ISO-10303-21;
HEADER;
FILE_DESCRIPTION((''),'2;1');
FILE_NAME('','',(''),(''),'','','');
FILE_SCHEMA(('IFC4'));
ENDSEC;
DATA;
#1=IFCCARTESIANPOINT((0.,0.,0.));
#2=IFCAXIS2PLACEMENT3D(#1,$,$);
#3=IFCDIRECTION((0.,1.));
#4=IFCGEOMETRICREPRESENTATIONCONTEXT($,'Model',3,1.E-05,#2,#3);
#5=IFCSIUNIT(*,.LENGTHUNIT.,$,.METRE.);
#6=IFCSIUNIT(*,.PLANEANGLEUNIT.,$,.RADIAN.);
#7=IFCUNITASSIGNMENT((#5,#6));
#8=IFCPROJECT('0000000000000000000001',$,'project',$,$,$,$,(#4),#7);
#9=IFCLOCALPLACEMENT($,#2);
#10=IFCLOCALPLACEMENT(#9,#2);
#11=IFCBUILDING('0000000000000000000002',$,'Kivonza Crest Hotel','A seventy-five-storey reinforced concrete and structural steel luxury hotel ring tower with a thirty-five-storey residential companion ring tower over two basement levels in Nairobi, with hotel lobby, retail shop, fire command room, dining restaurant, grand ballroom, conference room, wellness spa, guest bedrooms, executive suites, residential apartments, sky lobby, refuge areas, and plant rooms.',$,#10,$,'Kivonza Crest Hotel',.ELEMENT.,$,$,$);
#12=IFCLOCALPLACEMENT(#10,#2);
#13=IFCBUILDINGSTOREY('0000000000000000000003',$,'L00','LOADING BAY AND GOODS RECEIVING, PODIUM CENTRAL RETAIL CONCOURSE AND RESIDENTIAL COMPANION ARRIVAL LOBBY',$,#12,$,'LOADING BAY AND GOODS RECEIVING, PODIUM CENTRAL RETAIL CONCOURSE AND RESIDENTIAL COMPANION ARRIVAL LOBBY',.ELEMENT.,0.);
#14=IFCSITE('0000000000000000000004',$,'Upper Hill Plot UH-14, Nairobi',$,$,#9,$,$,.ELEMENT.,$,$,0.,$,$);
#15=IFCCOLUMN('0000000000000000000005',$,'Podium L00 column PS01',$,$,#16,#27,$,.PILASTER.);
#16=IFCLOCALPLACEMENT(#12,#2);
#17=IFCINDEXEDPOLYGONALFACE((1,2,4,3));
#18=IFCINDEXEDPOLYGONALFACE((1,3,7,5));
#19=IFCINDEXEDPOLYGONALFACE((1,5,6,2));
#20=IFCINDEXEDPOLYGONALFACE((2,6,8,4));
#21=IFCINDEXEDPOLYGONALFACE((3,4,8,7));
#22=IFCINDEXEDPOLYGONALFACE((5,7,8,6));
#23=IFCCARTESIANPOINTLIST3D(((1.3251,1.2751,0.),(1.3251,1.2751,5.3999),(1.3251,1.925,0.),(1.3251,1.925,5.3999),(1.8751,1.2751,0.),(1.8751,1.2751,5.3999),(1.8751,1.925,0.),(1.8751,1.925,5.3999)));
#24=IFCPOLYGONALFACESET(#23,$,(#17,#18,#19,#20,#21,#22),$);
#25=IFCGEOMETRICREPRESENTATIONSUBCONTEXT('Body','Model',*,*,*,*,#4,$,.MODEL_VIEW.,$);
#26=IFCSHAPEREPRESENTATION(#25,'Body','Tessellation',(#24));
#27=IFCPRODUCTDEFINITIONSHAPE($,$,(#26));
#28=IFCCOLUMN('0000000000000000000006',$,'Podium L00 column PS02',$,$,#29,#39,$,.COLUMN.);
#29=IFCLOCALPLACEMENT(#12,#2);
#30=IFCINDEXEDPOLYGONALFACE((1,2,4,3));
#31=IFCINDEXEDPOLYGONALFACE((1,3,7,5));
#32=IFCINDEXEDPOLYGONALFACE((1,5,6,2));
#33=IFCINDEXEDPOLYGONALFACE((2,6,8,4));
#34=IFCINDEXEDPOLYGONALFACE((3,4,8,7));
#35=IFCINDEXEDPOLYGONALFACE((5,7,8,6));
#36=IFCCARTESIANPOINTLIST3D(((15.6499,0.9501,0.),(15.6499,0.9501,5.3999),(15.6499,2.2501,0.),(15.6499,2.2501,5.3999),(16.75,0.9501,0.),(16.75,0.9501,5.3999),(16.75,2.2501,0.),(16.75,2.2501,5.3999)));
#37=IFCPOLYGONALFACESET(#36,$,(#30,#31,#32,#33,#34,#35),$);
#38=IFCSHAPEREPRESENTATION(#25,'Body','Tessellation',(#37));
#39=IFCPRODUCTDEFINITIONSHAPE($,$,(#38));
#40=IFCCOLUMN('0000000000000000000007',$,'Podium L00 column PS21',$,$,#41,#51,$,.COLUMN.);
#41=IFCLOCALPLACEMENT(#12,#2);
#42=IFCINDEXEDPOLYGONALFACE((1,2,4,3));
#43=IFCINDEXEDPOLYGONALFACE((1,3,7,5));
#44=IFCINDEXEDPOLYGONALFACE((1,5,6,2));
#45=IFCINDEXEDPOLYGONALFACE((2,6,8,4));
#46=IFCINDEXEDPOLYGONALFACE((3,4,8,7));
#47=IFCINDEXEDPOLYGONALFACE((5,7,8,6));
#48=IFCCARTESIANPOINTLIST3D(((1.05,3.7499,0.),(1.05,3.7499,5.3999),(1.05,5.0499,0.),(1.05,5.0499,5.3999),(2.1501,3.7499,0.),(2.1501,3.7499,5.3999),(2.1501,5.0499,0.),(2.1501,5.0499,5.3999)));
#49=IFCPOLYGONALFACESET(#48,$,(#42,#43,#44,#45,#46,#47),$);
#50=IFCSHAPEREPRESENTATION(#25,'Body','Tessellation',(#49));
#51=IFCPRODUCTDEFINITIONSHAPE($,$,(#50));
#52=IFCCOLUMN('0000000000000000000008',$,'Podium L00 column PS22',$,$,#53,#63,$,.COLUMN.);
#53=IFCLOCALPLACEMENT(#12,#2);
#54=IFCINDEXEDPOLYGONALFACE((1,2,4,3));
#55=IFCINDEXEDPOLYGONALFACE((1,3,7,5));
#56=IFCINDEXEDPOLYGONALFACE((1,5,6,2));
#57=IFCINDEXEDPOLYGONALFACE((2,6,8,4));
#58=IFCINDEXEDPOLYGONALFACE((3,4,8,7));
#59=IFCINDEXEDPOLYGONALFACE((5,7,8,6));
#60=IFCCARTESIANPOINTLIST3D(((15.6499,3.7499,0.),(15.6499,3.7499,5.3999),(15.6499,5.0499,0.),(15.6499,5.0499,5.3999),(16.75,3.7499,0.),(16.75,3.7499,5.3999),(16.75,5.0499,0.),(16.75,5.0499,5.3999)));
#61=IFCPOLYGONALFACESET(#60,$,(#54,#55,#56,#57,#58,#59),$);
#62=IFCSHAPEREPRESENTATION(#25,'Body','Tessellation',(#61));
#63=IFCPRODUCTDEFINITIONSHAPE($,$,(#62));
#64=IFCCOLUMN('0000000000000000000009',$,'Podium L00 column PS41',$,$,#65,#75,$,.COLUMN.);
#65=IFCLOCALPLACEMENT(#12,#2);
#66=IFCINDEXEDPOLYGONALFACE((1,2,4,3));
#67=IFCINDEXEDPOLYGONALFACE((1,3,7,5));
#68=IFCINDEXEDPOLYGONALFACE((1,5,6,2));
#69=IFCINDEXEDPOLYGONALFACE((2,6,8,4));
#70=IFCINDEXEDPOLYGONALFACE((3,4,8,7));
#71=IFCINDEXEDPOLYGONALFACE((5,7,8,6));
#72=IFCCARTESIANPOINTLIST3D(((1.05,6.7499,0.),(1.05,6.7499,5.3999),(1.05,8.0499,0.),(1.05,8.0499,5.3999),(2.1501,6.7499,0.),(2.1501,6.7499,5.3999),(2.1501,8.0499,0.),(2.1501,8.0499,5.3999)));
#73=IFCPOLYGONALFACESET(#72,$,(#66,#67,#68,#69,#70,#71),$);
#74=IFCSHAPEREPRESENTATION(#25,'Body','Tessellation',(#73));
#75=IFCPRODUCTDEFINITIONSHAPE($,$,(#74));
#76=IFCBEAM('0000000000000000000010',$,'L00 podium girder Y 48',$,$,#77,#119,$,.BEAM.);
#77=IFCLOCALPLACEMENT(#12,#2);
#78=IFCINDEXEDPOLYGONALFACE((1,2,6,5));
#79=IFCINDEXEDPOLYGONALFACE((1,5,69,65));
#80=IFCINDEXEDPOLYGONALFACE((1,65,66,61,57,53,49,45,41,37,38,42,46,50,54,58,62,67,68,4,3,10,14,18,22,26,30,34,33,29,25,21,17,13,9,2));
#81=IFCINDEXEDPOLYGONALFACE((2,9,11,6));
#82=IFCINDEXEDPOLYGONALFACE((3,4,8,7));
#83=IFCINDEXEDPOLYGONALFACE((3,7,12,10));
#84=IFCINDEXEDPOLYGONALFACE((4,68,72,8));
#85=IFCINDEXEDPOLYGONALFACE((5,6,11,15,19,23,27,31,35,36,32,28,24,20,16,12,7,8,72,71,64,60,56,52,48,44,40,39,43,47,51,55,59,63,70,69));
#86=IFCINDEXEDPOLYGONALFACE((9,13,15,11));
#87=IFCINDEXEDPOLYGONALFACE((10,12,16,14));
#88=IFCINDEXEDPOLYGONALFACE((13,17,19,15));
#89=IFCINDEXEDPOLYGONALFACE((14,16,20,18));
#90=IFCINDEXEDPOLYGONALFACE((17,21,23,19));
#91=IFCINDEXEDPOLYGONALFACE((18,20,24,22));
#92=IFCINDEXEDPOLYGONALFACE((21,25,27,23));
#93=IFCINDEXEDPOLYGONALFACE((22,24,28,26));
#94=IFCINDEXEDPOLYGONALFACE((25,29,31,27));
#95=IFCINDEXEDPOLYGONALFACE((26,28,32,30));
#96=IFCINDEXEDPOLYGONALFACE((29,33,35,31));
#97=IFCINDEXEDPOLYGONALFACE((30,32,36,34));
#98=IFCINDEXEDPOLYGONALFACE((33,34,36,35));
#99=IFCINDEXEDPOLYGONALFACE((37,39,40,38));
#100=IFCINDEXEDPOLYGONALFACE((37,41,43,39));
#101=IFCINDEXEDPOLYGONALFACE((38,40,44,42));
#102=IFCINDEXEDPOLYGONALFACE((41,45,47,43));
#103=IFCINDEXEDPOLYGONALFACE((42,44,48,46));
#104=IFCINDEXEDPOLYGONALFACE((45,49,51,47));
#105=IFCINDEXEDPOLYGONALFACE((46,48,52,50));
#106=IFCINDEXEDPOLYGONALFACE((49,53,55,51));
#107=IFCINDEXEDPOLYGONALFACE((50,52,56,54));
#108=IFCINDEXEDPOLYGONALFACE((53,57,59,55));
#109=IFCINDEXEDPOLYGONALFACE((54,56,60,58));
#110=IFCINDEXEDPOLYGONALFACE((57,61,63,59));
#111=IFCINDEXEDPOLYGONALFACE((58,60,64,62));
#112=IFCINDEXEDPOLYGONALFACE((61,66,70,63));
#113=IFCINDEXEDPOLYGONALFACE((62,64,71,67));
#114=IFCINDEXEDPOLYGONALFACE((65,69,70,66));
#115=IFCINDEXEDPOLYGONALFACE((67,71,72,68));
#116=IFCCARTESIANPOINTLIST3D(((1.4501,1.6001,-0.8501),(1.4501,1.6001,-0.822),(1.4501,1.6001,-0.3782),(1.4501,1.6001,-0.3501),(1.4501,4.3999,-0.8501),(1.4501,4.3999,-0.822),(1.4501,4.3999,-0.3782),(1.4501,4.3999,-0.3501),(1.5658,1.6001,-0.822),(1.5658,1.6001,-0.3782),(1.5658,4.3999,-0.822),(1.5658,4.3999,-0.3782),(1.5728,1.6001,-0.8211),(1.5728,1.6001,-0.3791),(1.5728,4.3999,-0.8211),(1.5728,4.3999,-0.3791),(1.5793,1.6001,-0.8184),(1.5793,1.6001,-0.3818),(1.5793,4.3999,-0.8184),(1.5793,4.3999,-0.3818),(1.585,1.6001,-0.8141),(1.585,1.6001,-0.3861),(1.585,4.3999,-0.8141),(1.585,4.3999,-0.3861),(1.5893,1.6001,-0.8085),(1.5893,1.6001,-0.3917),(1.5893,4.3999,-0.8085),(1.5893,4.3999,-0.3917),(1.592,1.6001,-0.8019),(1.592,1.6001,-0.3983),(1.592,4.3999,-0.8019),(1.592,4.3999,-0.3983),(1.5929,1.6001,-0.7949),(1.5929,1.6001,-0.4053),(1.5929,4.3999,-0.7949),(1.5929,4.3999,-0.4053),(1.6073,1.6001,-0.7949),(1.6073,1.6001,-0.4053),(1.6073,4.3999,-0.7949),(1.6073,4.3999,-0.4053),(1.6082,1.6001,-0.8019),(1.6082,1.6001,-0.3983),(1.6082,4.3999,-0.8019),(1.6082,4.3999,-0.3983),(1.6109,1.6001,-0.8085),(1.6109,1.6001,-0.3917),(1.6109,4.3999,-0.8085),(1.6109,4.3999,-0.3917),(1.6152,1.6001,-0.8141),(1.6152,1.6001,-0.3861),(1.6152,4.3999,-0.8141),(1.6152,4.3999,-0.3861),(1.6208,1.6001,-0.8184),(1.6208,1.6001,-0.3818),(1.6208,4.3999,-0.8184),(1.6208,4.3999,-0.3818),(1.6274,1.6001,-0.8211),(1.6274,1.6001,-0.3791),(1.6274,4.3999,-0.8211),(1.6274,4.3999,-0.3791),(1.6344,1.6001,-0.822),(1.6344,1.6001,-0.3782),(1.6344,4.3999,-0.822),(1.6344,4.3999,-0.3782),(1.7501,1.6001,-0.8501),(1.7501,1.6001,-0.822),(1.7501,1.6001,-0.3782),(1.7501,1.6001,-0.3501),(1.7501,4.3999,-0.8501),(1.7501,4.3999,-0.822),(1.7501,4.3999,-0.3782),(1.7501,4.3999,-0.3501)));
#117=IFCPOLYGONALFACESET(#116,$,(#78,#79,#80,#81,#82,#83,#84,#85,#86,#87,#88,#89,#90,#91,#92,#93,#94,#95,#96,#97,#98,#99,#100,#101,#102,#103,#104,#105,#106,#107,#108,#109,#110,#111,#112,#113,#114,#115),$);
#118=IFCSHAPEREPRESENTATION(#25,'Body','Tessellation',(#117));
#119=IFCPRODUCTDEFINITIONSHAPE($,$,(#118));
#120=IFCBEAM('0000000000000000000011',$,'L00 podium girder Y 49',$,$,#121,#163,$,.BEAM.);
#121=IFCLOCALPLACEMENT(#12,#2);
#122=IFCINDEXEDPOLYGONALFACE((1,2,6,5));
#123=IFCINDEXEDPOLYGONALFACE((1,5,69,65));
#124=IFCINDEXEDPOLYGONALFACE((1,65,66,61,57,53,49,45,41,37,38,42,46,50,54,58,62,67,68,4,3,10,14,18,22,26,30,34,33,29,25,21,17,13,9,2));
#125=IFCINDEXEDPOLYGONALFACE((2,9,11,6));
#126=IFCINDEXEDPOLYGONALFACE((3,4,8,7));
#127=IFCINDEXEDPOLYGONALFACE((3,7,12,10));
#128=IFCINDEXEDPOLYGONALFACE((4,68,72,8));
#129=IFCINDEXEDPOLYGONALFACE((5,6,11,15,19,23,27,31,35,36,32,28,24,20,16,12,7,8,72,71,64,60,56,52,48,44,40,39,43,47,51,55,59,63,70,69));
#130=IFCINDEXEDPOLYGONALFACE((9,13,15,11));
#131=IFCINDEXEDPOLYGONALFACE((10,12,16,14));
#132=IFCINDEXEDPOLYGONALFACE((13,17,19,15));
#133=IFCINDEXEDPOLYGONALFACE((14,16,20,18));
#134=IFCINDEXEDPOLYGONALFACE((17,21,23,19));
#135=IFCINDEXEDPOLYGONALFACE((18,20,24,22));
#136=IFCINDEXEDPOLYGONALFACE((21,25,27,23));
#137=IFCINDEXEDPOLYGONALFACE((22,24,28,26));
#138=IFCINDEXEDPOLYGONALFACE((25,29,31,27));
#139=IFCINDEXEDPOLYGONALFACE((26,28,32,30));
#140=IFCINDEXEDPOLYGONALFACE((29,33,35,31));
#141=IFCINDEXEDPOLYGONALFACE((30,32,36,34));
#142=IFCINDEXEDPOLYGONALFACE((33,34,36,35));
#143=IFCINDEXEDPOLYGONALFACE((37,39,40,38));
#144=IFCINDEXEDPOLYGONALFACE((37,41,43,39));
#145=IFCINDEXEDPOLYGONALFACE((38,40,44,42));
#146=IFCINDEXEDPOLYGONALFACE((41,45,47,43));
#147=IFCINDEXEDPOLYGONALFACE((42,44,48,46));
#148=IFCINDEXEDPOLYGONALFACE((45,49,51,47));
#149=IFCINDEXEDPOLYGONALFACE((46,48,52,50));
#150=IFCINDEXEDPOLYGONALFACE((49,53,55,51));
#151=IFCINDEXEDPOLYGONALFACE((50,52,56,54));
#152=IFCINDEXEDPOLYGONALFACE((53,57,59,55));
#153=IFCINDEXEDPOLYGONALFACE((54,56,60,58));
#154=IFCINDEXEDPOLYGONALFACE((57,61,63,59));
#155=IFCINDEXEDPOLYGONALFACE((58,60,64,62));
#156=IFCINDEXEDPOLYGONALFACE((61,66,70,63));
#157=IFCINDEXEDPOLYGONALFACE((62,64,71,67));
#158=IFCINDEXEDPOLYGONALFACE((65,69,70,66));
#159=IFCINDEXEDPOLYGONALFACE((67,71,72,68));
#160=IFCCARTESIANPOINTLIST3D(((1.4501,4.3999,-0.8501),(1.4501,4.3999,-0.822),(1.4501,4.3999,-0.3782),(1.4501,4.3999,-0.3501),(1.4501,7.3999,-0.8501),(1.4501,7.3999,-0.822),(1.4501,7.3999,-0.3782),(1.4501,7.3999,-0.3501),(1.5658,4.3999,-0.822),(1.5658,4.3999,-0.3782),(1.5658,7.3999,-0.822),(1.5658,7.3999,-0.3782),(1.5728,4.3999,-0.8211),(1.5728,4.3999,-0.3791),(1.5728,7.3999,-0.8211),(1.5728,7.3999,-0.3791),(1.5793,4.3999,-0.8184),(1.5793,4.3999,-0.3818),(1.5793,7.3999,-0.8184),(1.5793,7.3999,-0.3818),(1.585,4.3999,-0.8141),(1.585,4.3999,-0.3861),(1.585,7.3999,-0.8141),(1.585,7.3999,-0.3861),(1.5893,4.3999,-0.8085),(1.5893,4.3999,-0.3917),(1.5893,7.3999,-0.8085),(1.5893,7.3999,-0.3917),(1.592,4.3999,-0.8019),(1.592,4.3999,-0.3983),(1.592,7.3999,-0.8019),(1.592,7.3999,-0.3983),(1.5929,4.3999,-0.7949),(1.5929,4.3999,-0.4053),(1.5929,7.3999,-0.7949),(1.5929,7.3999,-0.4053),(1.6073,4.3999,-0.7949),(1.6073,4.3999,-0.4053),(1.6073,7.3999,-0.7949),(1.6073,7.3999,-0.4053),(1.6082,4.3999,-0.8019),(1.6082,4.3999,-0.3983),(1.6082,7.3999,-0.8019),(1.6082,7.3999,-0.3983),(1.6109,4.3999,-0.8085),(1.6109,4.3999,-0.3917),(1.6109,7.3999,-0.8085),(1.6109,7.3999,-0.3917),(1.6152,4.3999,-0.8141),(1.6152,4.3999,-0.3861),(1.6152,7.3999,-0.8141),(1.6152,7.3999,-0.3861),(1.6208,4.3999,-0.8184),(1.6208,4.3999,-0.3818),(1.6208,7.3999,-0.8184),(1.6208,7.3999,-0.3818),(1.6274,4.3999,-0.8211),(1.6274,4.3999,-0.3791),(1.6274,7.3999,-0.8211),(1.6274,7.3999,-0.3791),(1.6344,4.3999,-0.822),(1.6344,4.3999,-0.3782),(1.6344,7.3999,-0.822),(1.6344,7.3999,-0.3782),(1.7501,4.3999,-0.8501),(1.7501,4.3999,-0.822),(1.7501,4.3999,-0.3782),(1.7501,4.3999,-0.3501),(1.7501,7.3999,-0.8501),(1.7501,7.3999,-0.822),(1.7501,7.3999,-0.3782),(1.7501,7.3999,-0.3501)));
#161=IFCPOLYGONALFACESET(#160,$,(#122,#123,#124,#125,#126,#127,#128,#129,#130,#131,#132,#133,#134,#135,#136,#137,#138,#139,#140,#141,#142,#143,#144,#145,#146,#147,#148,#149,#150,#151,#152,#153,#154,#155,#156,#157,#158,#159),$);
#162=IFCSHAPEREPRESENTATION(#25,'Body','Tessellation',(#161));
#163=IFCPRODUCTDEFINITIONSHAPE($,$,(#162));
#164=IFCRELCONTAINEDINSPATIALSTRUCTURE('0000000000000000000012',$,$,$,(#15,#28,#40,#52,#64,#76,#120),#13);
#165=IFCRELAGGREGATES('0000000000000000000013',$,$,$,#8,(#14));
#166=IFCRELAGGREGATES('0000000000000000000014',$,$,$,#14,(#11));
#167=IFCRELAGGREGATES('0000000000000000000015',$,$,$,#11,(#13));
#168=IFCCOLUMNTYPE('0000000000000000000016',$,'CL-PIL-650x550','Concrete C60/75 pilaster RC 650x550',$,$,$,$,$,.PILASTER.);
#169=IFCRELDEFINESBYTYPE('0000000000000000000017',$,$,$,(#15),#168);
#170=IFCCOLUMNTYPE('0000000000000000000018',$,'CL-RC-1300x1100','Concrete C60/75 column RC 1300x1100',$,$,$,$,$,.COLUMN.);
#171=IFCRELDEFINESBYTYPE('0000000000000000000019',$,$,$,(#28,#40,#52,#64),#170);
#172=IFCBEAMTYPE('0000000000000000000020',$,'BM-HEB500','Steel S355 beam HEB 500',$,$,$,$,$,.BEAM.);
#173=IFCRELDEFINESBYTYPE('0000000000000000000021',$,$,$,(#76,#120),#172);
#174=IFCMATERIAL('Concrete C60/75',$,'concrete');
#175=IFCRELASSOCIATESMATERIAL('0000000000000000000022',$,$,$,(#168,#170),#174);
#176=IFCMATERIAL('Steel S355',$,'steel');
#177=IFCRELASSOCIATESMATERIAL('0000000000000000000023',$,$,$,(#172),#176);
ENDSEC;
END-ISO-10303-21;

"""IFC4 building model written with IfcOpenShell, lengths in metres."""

from ifc_helpers import new_model, si_unit, direction, frame, origin, origin_2d, place, context, subcontext, project, spatial, rectangle, i_section, extrude, material, material_profile, profile_set, type_object, element, save


model = new_model("IFC4")

# Units and contexts
model_context = context("Model", 3, precision=1e-05, world=origin(), true_north=direction((0.0, 1.0)))
body_context = subcontext(model_context, "Body", "Model", "MODEL_VIEW")
ifc_project = project(units=[si_unit("LENGTHUNIT", "METRE"), si_unit("PLANEANGLEUNIT", "RADIAN")], contexts=[model_context])

# Site, building, storey
site_placement = place(None, origin())
site = spatial("IfcSite", under=ifc_project, at=site_placement, Name="Upper Hill Plot UH-14, Nairobi", CompositionType="ELEMENT", RefElevation=0.0)
building_placement = place(site_placement, origin())
building = spatial("IfcBuilding", under=site, at=building_placement, Name="Kivonza Crest Hotel", Description="A seventy-five-storey reinforced concrete and structural steel luxury hotel ring tower with a thirty-five-storey residential companion ring tower over two basement levels in Nairobi, with hotel lobby, retail shop, fire command room, dining restaurant, grand ballroom, conference room, wellness spa, guest bedrooms, executive suites, residential apartments, sky lobby, refuge areas, and plant rooms.", LongName="Kivonza Crest Hotel", CompositionType="ELEMENT")
storey_placement = place(building_placement, origin())
storey = spatial("IfcBuildingStorey", under=building, at=storey_placement, Name="L00", Description="LOADING BAY AND GOODS RECEIVING, PODIUM CENTRAL RETAIL CONCOURSE AND RESIDENTIAL COMPANION ARRIVAL LOBBY", LongName="LOADING BAY AND GOODS RECEIVING, PODIUM CENTRAL RETAIL CONCOURSE AND RESIDENTIAL COMPANION ARRIVAL LOBBY", CompositionType="ELEMENT", Elevation=0.0)

# Columns
ifc_material_1 = material(Name="Concrete C60/75", Category="concrete")
ifc_material_profile_1 = material_profile(ifc_material_1, rectangle(XDim=0.55, YDim=0.6499, at=origin_2d()), Name="RC 650x550")
ifc_profile_set_1 = profile_set([ifc_material_profile_1], Name="Concrete C60/75")
column_type_1 = type_object("IfcColumnType", Name="CL-PIL-650x550", Description="Concrete C60/75 pilaster RC 650x550", PredefinedType="PILASTER", material=ifc_profile_set_1)
column_placement = place(storey_placement, frame((1.6001, 1.6001, 0.0), z_axis=(0.0, 0.0, 1.0), x_axis=(1.0, 0.0, 0.0)))
element("IfcColumn", 1, at=column_placement, inside=storey, type_object=column_type_1, Name="Podium L00 column PS01", PredefinedType="PILASTER", context=body_context, shape_type="SweptSolid", body=[
    extrude(rectangle(XDim=0.55, YDim=0.6499, at=origin_2d()), origin(), (0.0, 0.0, 1.0), 5.3999),
])
ifc_material_profile_2 = material_profile(ifc_material_1, rectangle(XDim=1.1001, YDim=1.3, at=origin_2d()), Name="RC 1300x1100")
ifc_profile_set_2 = profile_set([ifc_material_profile_2], Name="Concrete C60/75")
column_type_2 = type_object("IfcColumnType", Name="CL-RC-1300x1100", Description="Concrete C60/75 column RC 1300x1100", PredefinedType="COLUMN", material=ifc_profile_set_2)
for number, where, z_axis, x_axis, name in (
    (2, (16.2, 1.6001, 0.0), (0.0, 0.0, 1.0), (1.0, 0.0, 0.0), "Podium L00 column PS02"),
    (3, (1.6001, 4.3999, 0.0), (0.0, 0.0, 1.0), (1.0, 0.0, 0.0), "Podium L00 column PS21"),
    (4, (16.2, 4.3999, 0.0), (0.0, 0.0, 1.0), (1.0, 0.0, 0.0), "Podium L00 column PS22"),
    (5, (1.6001, 7.3999, 0.0), (0.0, 0.0, 1.0), (1.0, 0.0, 0.0), "Podium L00 column PS41"),
):
    element("IfcColumn", number, at=place(storey_placement, frame(where, z_axis=z_axis, x_axis=x_axis)), inside=storey, type_object=column_type_2, Name=name, PredefinedType="COLUMN", context=body_context, shape_type="SweptSolid", body=[
        extrude(rectangle(XDim=1.1001, YDim=1.3, at=origin_2d()), origin(), (0.0, 0.0, 1.0), 5.3999),
    ])

# Beams
ifc_material_2 = material(Name="Steel S355", Category="steel")
ifc_material_profile_3 = material_profile(ifc_material_2, i_section(OverallWidth=0.3, OverallDepth=0.5, WebThickness=0.0144, FlangeThickness=0.0281, FilletRadius=0.0271, at=origin_2d()), Name="HEB 500")
ifc_profile_set_3 = profile_set([ifc_material_profile_3], Name="Steel S355")
beam_type_1 = type_object("IfcBeamType", Name="BM-HEB500", Description="Steel S355 beam HEB 500", PredefinedType="BEAM", material=ifc_profile_set_3)
beam_1_placement = place(storey_placement, frame((1.6001, 1.6001, -0.6001), z_axis=(0.0, 1.0, 0.0), x_axis=(-1.0, 0.0, 0.0)))
element("IfcBeam", 6, at=beam_1_placement, inside=storey, type_object=beam_type_1, Name="L00 podium girder Y 48", PredefinedType="BEAM", context=body_context, shape_type="SweptSolid", body=[
    extrude(i_section(OverallWidth=0.3, OverallDepth=0.5, WebThickness=0.0144, FlangeThickness=0.0281, FilletRadius=0.0271, at=origin_2d()), origin(), (0.0, 0.0, 1.0), 2.7998),
])
beam_2_placement = place(storey_placement, frame((1.6001, 4.3999, -0.6001), z_axis=(0.0, 1.0, 0.0), x_axis=(-1.0, 0.0, 0.0)))
element("IfcBeam", 7, at=beam_2_placement, inside=storey, type_object=beam_type_1, Name="L00 podium girder Y 49", PredefinedType="BEAM", context=body_context, shape_type="SweptSolid", body=[
    extrude(i_section(OverallWidth=0.3, OverallDepth=0.5, WebThickness=0.0144, FlangeThickness=0.0281, FilletRadius=0.0271, at=origin_2d()), origin(), (0.0, 0.0, 1.0), 3.0),
])

save(model, "model.ifc")
